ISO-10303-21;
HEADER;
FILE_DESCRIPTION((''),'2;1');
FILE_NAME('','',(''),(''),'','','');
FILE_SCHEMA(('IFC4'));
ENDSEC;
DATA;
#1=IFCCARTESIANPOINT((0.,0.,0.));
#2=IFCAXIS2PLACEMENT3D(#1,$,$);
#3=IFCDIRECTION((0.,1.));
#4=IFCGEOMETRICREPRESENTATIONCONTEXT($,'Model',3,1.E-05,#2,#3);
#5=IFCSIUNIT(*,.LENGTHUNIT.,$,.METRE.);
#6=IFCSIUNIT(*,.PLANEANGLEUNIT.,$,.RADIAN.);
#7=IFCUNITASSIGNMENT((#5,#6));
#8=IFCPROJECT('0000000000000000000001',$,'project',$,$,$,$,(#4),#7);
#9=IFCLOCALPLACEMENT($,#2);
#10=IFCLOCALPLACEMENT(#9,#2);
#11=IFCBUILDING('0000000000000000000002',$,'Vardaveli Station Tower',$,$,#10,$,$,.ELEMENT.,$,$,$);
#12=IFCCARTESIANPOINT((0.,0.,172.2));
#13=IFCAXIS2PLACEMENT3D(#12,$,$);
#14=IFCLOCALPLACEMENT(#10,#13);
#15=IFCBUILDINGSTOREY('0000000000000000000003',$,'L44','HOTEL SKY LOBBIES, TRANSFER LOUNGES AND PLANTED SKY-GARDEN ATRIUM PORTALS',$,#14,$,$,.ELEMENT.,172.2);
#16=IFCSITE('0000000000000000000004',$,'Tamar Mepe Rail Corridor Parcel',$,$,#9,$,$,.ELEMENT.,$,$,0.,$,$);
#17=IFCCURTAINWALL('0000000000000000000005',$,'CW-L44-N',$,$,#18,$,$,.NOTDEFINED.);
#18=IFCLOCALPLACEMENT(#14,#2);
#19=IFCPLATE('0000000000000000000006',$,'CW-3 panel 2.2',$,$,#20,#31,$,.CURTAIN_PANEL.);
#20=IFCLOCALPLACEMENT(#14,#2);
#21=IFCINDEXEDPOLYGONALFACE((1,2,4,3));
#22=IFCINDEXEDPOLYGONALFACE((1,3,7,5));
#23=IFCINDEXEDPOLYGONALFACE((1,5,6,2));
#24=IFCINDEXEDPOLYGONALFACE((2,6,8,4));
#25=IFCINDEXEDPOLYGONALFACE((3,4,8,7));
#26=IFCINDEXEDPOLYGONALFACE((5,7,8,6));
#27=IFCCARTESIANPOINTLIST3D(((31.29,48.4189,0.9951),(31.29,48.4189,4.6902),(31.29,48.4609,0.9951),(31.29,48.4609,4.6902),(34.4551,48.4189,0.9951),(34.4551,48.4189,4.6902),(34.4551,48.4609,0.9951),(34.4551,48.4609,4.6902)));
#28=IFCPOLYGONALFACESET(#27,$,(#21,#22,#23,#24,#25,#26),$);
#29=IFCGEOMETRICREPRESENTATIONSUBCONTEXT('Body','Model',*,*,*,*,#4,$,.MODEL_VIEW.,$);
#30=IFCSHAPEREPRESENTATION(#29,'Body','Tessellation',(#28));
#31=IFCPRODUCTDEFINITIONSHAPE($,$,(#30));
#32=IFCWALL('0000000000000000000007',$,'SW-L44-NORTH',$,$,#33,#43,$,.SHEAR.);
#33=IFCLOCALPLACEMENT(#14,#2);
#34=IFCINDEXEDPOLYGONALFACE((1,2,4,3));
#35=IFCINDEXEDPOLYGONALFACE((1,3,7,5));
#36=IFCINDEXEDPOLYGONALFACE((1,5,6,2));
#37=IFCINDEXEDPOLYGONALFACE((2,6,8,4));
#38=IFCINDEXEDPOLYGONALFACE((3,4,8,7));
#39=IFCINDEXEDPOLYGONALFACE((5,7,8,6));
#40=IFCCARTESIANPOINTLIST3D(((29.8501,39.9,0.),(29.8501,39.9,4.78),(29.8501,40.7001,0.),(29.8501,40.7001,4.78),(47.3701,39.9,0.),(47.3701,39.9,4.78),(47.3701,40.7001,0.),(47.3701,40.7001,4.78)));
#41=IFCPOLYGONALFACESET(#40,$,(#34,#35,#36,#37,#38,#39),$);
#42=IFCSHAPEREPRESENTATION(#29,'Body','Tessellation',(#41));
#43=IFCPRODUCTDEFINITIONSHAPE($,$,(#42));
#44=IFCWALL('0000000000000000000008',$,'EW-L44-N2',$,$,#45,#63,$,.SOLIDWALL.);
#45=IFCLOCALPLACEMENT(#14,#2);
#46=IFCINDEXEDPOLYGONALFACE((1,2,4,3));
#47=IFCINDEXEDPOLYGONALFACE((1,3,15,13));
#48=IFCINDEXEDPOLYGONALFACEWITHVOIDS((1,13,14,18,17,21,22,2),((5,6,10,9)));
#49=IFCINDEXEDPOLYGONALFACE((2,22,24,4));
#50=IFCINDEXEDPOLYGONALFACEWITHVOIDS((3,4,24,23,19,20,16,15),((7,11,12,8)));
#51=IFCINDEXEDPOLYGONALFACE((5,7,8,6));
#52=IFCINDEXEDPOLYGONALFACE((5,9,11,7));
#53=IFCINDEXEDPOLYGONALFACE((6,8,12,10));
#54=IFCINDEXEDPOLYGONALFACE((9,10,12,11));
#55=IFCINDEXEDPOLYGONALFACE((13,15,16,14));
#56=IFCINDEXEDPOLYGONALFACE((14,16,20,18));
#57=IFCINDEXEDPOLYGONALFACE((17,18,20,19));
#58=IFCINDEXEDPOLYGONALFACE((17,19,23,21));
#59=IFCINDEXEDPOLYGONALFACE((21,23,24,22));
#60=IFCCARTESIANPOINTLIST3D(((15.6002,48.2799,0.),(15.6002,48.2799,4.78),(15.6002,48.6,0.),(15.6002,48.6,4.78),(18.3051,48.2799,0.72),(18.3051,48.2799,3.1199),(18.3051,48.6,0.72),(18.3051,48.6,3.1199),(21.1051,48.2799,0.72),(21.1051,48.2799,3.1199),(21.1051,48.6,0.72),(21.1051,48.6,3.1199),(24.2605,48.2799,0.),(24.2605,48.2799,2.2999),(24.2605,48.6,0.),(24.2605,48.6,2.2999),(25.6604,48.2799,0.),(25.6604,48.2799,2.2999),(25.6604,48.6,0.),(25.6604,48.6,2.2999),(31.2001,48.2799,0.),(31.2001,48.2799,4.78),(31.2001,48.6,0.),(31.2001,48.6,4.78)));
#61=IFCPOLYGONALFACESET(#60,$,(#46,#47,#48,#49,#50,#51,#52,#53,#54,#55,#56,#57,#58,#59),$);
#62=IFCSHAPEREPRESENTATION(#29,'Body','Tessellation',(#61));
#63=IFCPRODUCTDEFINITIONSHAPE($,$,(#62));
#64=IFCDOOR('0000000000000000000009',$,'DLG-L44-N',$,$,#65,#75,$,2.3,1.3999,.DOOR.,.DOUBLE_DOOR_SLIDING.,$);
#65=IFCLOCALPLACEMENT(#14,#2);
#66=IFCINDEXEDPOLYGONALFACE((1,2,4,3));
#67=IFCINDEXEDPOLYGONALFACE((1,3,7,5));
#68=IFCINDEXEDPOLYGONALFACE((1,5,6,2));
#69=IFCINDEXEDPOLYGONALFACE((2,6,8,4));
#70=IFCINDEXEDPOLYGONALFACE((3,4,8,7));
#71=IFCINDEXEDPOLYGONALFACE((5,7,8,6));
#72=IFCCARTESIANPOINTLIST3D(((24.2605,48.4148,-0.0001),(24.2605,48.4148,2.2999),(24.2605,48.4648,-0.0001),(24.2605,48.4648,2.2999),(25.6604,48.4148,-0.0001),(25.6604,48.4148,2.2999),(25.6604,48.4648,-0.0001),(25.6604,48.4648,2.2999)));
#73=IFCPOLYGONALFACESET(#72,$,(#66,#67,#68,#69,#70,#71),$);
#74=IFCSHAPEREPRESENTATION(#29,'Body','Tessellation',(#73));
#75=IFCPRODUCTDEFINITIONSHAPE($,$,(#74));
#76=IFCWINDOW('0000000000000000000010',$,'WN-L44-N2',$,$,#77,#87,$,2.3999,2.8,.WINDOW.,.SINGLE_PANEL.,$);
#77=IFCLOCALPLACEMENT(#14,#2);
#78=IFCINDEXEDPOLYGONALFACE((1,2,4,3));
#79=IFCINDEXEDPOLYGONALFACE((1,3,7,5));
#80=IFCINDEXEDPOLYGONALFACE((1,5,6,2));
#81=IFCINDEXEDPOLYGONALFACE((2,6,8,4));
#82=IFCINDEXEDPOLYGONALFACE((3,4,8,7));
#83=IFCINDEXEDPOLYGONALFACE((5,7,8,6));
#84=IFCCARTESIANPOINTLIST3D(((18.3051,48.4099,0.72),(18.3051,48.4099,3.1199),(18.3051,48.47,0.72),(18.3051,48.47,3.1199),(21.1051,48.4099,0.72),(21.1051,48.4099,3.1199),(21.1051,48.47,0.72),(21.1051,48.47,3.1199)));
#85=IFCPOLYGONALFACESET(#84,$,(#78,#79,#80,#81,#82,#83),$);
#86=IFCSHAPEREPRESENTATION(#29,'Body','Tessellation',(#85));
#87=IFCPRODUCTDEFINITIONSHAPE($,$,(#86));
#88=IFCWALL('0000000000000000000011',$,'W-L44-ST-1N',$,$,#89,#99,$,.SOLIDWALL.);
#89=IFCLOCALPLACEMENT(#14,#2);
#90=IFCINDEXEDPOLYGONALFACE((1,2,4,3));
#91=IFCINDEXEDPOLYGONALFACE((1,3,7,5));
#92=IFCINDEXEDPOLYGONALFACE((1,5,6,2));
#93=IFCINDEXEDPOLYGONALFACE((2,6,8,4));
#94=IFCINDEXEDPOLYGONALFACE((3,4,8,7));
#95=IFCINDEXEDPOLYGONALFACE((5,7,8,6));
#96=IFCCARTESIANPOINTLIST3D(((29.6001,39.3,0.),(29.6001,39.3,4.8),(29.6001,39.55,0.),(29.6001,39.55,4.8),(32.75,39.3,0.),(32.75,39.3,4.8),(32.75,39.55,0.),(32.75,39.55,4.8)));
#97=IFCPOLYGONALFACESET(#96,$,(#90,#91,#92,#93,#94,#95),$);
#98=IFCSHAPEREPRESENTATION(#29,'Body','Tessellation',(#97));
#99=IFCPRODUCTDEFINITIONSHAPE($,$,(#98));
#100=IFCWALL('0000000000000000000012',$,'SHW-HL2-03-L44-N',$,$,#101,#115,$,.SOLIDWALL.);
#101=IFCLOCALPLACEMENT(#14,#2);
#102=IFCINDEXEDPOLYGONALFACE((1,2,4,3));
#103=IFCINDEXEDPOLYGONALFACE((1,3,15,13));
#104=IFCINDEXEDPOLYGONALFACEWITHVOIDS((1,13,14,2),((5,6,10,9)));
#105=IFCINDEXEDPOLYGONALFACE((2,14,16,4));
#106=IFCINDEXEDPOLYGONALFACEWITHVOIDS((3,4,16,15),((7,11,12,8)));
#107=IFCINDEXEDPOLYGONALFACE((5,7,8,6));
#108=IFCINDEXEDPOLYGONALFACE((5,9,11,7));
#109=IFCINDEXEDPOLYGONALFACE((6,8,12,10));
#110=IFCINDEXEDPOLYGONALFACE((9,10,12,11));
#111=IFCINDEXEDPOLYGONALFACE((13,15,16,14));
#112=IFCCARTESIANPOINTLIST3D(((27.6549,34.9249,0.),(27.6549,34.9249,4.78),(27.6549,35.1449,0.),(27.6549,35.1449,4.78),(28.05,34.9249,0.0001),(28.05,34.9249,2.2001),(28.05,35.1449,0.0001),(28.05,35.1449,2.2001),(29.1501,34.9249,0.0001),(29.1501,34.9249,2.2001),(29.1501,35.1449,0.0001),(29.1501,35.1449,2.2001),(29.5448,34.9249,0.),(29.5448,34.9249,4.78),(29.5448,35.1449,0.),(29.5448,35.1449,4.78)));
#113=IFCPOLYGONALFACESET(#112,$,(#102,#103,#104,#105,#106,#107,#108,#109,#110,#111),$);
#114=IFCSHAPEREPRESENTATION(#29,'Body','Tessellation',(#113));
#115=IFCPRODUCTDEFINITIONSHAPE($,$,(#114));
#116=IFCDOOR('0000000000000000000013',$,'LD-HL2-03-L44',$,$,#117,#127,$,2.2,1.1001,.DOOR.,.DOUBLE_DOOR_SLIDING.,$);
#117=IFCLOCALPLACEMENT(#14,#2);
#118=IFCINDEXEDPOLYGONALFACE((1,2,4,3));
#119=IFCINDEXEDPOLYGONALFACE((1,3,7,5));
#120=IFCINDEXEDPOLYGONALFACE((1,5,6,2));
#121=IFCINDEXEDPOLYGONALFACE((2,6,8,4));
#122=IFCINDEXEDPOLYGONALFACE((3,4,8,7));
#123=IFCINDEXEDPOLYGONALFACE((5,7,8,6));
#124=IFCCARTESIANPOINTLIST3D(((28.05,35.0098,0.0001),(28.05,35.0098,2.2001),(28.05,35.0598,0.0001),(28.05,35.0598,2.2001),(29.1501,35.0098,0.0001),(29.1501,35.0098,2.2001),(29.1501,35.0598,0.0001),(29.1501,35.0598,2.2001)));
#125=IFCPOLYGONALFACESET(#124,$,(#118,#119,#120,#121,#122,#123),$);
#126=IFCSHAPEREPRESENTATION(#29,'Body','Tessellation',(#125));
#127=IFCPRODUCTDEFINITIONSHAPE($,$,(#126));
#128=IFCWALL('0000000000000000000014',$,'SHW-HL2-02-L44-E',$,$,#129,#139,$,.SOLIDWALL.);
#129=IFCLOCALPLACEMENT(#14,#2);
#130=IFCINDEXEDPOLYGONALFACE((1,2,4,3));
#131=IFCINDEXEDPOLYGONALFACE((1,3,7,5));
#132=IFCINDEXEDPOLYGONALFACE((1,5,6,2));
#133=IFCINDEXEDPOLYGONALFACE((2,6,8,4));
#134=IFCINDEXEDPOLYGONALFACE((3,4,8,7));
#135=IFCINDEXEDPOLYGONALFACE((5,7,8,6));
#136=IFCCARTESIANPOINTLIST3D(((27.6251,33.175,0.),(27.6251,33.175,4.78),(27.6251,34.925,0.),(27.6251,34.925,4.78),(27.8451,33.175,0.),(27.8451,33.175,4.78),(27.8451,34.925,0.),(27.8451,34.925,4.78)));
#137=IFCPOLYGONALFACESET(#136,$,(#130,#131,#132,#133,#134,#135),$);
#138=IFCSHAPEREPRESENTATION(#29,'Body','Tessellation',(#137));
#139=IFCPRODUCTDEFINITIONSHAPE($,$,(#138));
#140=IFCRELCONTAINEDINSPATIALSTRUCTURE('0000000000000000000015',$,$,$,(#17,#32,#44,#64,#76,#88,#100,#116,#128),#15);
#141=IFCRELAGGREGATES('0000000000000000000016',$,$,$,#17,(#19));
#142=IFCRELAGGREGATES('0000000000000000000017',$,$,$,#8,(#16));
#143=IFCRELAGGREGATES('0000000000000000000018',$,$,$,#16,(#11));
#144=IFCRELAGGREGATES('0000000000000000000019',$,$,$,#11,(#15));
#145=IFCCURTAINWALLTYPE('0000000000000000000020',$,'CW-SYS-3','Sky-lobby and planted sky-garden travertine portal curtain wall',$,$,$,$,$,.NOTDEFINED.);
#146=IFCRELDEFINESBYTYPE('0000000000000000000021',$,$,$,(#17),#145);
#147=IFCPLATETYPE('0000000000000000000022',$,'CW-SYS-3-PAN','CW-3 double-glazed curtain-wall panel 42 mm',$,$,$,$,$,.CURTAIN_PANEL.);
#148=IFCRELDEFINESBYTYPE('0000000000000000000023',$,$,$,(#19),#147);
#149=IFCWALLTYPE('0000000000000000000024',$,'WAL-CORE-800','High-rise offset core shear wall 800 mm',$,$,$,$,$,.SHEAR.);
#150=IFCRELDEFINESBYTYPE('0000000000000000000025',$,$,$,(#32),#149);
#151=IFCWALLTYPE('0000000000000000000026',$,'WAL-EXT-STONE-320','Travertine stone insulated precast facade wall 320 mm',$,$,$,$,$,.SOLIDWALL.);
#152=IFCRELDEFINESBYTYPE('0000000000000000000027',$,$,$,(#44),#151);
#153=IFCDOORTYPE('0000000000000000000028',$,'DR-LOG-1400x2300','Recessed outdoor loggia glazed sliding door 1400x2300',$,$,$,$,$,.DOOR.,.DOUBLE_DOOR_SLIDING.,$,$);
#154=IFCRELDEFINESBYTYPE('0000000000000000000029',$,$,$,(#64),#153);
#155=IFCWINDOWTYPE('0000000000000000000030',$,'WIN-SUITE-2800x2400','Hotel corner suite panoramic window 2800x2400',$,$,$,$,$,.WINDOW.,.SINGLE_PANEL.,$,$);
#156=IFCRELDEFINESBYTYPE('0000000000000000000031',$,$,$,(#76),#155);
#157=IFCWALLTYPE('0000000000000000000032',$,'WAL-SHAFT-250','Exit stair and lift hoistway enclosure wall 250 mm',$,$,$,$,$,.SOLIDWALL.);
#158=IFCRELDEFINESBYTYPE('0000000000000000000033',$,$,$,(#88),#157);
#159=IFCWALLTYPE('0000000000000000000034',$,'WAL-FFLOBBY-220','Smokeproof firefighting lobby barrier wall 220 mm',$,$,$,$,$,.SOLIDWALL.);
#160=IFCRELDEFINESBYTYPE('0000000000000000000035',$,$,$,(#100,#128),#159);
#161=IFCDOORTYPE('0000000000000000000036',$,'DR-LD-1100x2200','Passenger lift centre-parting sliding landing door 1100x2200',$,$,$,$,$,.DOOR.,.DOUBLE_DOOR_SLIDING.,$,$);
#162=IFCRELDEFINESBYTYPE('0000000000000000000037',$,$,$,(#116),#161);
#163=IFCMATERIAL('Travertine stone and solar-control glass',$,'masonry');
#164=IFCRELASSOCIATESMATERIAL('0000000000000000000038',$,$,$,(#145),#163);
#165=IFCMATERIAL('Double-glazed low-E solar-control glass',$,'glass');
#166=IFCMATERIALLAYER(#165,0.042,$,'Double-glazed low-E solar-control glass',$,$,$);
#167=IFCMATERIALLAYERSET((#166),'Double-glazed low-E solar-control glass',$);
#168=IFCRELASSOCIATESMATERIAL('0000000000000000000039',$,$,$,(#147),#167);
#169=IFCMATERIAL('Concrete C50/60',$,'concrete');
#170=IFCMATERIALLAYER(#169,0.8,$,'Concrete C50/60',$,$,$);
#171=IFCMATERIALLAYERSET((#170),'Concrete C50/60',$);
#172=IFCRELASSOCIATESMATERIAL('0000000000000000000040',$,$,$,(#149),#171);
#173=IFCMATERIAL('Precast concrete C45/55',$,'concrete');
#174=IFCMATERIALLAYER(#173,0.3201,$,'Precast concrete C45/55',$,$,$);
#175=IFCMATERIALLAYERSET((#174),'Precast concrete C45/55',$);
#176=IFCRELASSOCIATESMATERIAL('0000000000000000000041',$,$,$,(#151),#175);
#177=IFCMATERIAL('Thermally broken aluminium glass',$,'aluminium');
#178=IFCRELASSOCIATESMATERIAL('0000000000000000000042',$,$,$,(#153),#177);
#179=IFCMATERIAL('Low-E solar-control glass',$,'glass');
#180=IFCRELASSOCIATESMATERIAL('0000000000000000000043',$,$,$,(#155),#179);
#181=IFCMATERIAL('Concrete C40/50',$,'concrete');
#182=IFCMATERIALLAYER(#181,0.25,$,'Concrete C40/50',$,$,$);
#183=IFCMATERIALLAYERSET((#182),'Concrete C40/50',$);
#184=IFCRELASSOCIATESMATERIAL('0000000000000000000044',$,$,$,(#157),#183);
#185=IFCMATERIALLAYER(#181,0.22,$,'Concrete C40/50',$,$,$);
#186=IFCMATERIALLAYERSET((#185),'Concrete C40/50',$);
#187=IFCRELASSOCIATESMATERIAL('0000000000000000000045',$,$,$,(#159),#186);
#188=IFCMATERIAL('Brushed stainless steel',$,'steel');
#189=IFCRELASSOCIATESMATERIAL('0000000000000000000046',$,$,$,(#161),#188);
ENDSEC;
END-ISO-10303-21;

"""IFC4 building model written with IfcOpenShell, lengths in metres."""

from ifc_helpers import new_model, si_unit, direction, frame, frame_2d, origin, origin_2d, place, context, subcontext, project, spatial, rectangle, extrude, source, transform, mapped, material, layer, layer_set, type_object, element, fill, aggregate, save


model = new_model("IFC4")

# Units and contexts
model_context = context("Model", 3, precision=1e-05, world=origin(), true_north=direction((0.0, 1.0)))
body_context = subcontext(model_context, "Body", "Model", "MODEL_VIEW")
ifc_project = project(units=[si_unit("LENGTHUNIT", "METRE"), si_unit("PLANEANGLEUNIT", "RADIAN")], contexts=[model_context])

# Site, building, storey
site_placement = place(None, origin())
site = spatial("IfcSite", under=ifc_project, at=site_placement, Name="Tamar Mepe Rail Corridor Parcel", CompositionType="ELEMENT", RefElevation=0.0)
building_placement = place(site_placement, origin())
building = spatial("IfcBuilding", under=site, at=building_placement, Name="Vardaveli Station Tower", CompositionType="ELEMENT")
storey_placement = place(building_placement, frame((0.0, 0.0, 172.2)))
storey = spatial("IfcBuildingStorey", under=building, at=storey_placement, Name="L44", Description="HOTEL SKY LOBBIES, TRANSFER LOUNGES AND PLANTED SKY-GARDEN ATRIUM PORTALS", CompositionType="ELEMENT", Elevation=172.2)

# Curtain wall, plate
ifc_material_1 = material(Name="Travertine stone and solar-control glass", Category="masonry")
curtain_wall_type = type_object("IfcCurtainWallType", Name="CW-SYS-3", Description="Sky-lobby and planted sky-garden travertine portal curtain wall", PredefinedType="NOTDEFINED", material=ifc_material_1)
curtain_wall_placement = place(storey_placement, origin())
curtain_wall = element("IfcCurtainWall", 1, at=curtain_wall_placement, inside=storey, type_object=curtain_wall_type, Name="CW-L44-N", PredefinedType="NOTDEFINED")
ifc_material_2 = material(Name="Double-glazed low-E solar-control glass", Category="glass")
ifc_layer_1 = layer(ifc_material_2, 0.042, Name="Double-glazed low-E solar-control glass")
ifc_layer_set_1 = layer_set([ifc_layer_1], Name="Double-glazed low-E solar-control glass")
plate_type = type_object("IfcPlateType", Name="CW-SYS-3-PAN", Description="CW-3 double-glazed curtain-wall panel 42 mm", PredefinedType="CURTAIN_PANEL", material=ifc_layer_set_1)
shared_shape_1 = source(origin(), body_context, "Body", "SweptSolid", [
    extrude(rectangle(XDim=3.165, YDim=0.042, at=origin_2d()), origin(), (0.0, 0.0, 1.0), 3.6951),
])
plate_1_placement = place(storey_placement, frame((32.8726, 48.4399, 0.9951), z_axis=(0.0, 0.0, 1.0), x_axis=(-1.0, 0.0, 0.0)))
plate_1 = element("IfcPlate", 2, at=plate_1_placement, type_object=plate_type, Name="CW-3 panel 2.2", PredefinedType="CURTAIN_PANEL", context=body_context, shape_type="MappedRepresentation", body=[
    mapped(shared_shape_1, transform((0.0, 0.0, 0.0), scale=1.0)),
])
aggregate(curtain_wall, [plate_1])

# Wall
ifc_material_3 = material(Name="Concrete C50/60", Category="concrete")
ifc_layer_2 = layer(ifc_material_3, 0.8, Name="Concrete C50/60")
ifc_layer_set_2 = layer_set([ifc_layer_2], Name="Concrete C50/60")
wall_type_1 = type_object("IfcWallType", Name="WAL-CORE-800", Description="High-rise offset core shear wall 800 mm", PredefinedType="SHEAR", material=ifc_layer_set_2)
shared_shape_2 = source(origin(), body_context, "Body", "SweptSolid", [
    extrude(rectangle(XDim=17.52, YDim=0.8, at=frame_2d((8.76, 0.0))), origin(), (0.0, 0.0, 1.0), 4.78),
])
wall_1_placement = place(storey_placement, frame((29.8501, 40.3, 0.0), z_axis=(0.0, 0.0, 1.0), x_axis=(1.0, 0.0, 0.0)))
element("IfcWall", 3, at=wall_1_placement, inside=storey, type_object=wall_type_1, Name="SW-L44-NORTH", PredefinedType="SHEAR", context=body_context, shape_type="MappedRepresentation", body=[
    mapped(shared_shape_2, transform((0.0, 0.0, 0.0), scale=1.0)),
])

# Wall, openings, door, window
ifc_material_4 = material(Name="Precast concrete C45/55", Category="concrete")
ifc_layer_3 = layer(ifc_material_4, 0.3201, Name="Precast concrete C45/55")
ifc_layer_set_3 = layer_set([ifc_layer_3], Name="Precast concrete C45/55")
wall_type_2 = type_object("IfcWallType", Name="WAL-EXT-STONE-320", Description="Travertine stone insulated precast facade wall 320 mm", PredefinedType="SOLIDWALL", material=ifc_layer_set_3)
shared_shape_3 = source(origin(), body_context, "Body", "SweptSolid", [
    extrude(rectangle(XDim=15.5999, YDim=0.3201, at=frame_2d((7.7998, 0.0))), origin(), (0.0, 0.0, 1.0), 4.78),
])
wall_2_placement = place(storey_placement, frame((31.2, 48.4399, 0.0), z_axis=(0.0, 0.0, 1.0), x_axis=(-1.0, 0.0, 0.0)))
wall_2 = element("IfcWall", 4, at=wall_2_placement, inside=storey, type_object=wall_type_2, Name="EW-L44-N2", PredefinedType="SOLIDWALL", context=body_context, shape_type="MappedRepresentation", body=[
    mapped(shared_shape_3, transform((0.0, 0.0, 0.0), scale=1.0)),
])
shared_shape_4 = source(origin(), body_context, "Body", "SweptSolid", [
    extrude(rectangle(XDim=1.3999, YDim=2.3, at=frame_2d((0.7, 1.1499))), frame((0.0, 0.1699, 0.0), z_axis=(0.0, -1.0, 0.0), x_axis=(1.0, 0.0, 0.0)), (0.0, 0.0, 1.0), 0.3401),
])
opening_1_placement = place(wall_2_placement, frame((5.5396, 0.0, 0.0)))
opening_1 = element("IfcOpeningElement", 5, at=opening_1_placement, cuts=wall_2, PredefinedType="OPENING", context=body_context, shape_type="MappedRepresentation", body=[
    mapped(shared_shape_4, transform((0.0, 0.0, 0.0), scale=1.0)),
])
shared_shape_5 = source(origin(), body_context, "Body", "SweptSolid", [
    extrude(rectangle(XDim=2.8, YDim=2.3999, at=frame_2d((1.3999, 1.2))), frame((0.0, 0.1699, 0.0), z_axis=(0.0, -1.0, 0.0), x_axis=(1.0, 0.0, 0.0)), (0.0, 0.0, 1.0), 0.3401),
])
opening_2_placement = place(wall_2_placement, frame((10.095, 0.0, 0.72)))
opening_2 = element("IfcOpeningElement", 6, at=opening_2_placement, cuts=wall_2, PredefinedType="OPENING", context=body_context, shape_type="MappedRepresentation", body=[
    mapped(shared_shape_5, transform((0.0, 0.0, 0.0), scale=1.0)),
])
ifc_material_5 = material(Name="Thermally broken aluminium glass", Category="aluminium")
door_type_1 = type_object("IfcDoorType", Name="DR-LOG-1400x2300", Description="Recessed outdoor loggia glazed sliding door 1400x2300", OperationType="DOUBLE_DOOR_SLIDING", PredefinedType="DOOR", material=ifc_material_5)
shared_shape_6 = source(origin(), body_context, "Body", "SweptSolid", [
    extrude(rectangle(XDim=1.3999, YDim=2.3, at=frame_2d((0.7, 1.1499))), frame((0.0, 0.0249, 0.0), z_axis=(0.0, -1.0, 0.0), x_axis=(1.0, 0.0, 0.0)), (0.0, 0.0, 1.0), 0.05),
])
door_1_placement = place(opening_1_placement, frame((1.3999, 0.0, 0.0), z_axis=(0.0, 0.0, 1.0), x_axis=(-1.0, 0.0, 0.0)))
door_1 = element("IfcDoor", 7, at=door_1_placement, inside=storey, type_object=door_type_1, Name="DLG-L44-N", OperationType="DOUBLE_DOOR_SLIDING", OverallHeight=2.3, OverallWidth=1.3999, PredefinedType="DOOR", context=body_context, shape_type="MappedRepresentation", body=[
    mapped(shared_shape_6, transform((0.0, 0.0, 0.0), scale=1.0)),
])
fill(opening_1, door_1)
ifc_material_6 = material(Name="Low-E solar-control glass", Category="glass")
window_type = type_object("IfcWindowType", Name="WIN-SUITE-2800x2400", Description="Hotel corner suite panoramic window 2800x2400", PartitioningType="SINGLE_PANEL", PredefinedType="WINDOW", material=ifc_material_6)
shared_shape_7 = source(origin(), body_context, "Body", "SweptSolid", [
    extrude(rectangle(XDim=2.8, YDim=2.3999, at=frame_2d((1.3999, 1.2))), frame((0.0, 0.03, 0.0), z_axis=(0.0, -1.0, 0.0), x_axis=(1.0, 0.0, 0.0)), (0.0, 0.0, 1.0), 0.0601),
])
window_placement = place(opening_2_placement, origin())
window = element("IfcWindow", 8, at=window_placement, inside=storey, type_object=window_type, Name="WN-L44-N2", OverallHeight=2.3999, OverallWidth=2.8, PartitioningType="SINGLE_PANEL", PredefinedType="WINDOW", context=body_context, shape_type="MappedRepresentation", body=[
    mapped(shared_shape_7, transform((0.0, 0.0, 0.0), scale=1.0)),
])
fill(opening_2, window)

# Wall
ifc_material_7 = material(Name="Concrete C40/50", Category="concrete")
ifc_layer_4 = layer(ifc_material_7, 0.25, Name="Concrete C40/50")
ifc_layer_set_4 = layer_set([ifc_layer_4], Name="Concrete C40/50")
wall_type_3 = type_object("IfcWallType", Name="WAL-SHAFT-250", Description="Exit stair and lift hoistway enclosure wall 250 mm", PredefinedType="SOLIDWALL", material=ifc_layer_set_4)
shared_shape_8 = source(origin(), body_context, "Body", "SweptSolid", [
    extrude(rectangle(XDim=3.1499, YDim=0.25, at=frame_2d((1.575, 0.0))), origin(), (0.0, 0.0, 1.0), 4.8),
])
wall_3_placement = place(storey_placement, frame((29.6001, 39.425, 0.0), z_axis=(0.0, 0.0, 1.0), x_axis=(1.0, 0.0, 0.0)))
element("IfcWall", 9, at=wall_3_placement, inside=storey, type_object=wall_type_3, Name="W-L44-ST-1N", PredefinedType="SOLIDWALL", context=body_context, shape_type="MappedRepresentation", body=[
    mapped(shared_shape_8, transform((0.0, 0.0, 0.0), scale=1.0)),
])

# Wall, opening, door
ifc_layer_5 = layer(ifc_material_7, 0.22, Name="Concrete C40/50")
ifc_layer_set_5 = layer_set([ifc_layer_5], Name="Concrete C40/50")
wall_type_4 = type_object("IfcWallType", Name="WAL-FFLOBBY-220", Description="Smokeproof firefighting lobby barrier wall 220 mm", PredefinedType="SOLIDWALL", material=ifc_layer_set_5)
shared_shape_9 = source(origin(), body_context, "Body", "SweptSolid", [
    extrude(rectangle(XDim=1.8899, YDim=0.22, at=frame_2d((0.9448, 0.0))), origin(), (0.0, 0.0, 1.0), 4.78),
])
wall_4_placement = place(storey_placement, frame((27.655, 35.0349, 0.0), z_axis=(0.0, 0.0, 1.0), x_axis=(1.0, 0.0, 0.0)))
wall_4 = element("IfcWall", 10, at=wall_4_placement, inside=storey, type_object=wall_type_4, Name="SHW-HL2-03-L44-N", PredefinedType="SOLIDWALL", context=body_context, shape_type="MappedRepresentation", body=[
    mapped(shared_shape_9, transform((0.0, 0.0, 0.0), scale=1.0)),
])
shared_shape_10 = source(origin(), body_context, "Body", "SweptSolid", [
    extrude(rectangle(XDim=1.1001, YDim=2.2, at=frame_2d((0.55, 1.1001))), frame((0.0, 0.1201, 0.0), z_axis=(0.0, -1.0, 0.0), x_axis=(1.0, 0.0, 0.0)), (0.0, 0.0, 1.0), 0.24),
])
opening_3_placement = place(wall_4_placement, frame((0.395, 0.0, 0.0)))
opening_3 = element("IfcOpeningElement", 11, at=opening_3_placement, cuts=wall_4, PredefinedType="OPENING", context=body_context, shape_type="MappedRepresentation", body=[
    mapped(shared_shape_10, transform((0.0, 0.0, 0.0), scale=1.0)),
])
ifc_material_8 = material(Name="Brushed stainless steel", Category="steel")
door_type_2 = type_object("IfcDoorType", Name="DR-LD-1100x2200", Description="Passenger lift centre-parting sliding landing door 1100x2200", OperationType="DOUBLE_DOOR_SLIDING", PredefinedType="DOOR", material=ifc_material_8)
shared_shape_11 = source(origin(), body_context, "Body", "SweptSolid", [
    extrude(rectangle(XDim=1.1001, YDim=2.2, at=frame_2d((0.55, 1.1001))), frame((0.0, 0.0249, 0.0), z_axis=(0.0, -1.0, 0.0), x_axis=(1.0, 0.0, 0.0)), (0.0, 0.0, 1.0), 0.05),
])
door_2_placement = place(opening_3_placement, origin())
door_2 = element("IfcDoor", 12, at=door_2_placement, inside=storey, type_object=door_type_2, Name="LD-HL2-03-L44", OperationType="DOUBLE_DOOR_SLIDING", OverallHeight=2.2, OverallWidth=1.1001, PredefinedType="DOOR", context=body_context, shape_type="MappedRepresentation", body=[
    mapped(shared_shape_11, transform((0.0, 0.0, 0.0), scale=1.0)),
])
fill(opening_3, door_2)

# Wall
shared_shape_12 = source(origin(), body_context, "Body", "SweptSolid", [
    extrude(rectangle(XDim=1.75, YDim=0.22, at=frame_2d((0.875, 0.0))), origin(), (0.0, 0.0, 1.0), 4.78),
])
wall_5_placement = place(storey_placement, frame((27.7351, 33.175, 0.0), z_axis=(0.0, 0.0, 1.0), x_axis=(0.0, 1.0, 0.0)))
element("IfcWall", 13, at=wall_5_placement, inside=storey, type_object=wall_type_4, Name="SHW-HL2-02-L44-E", PredefinedType="SOLIDWALL", context=body_context, shape_type="MappedRepresentation", body=[
    mapped(shared_shape_12, transform((0.0, 0.0, 0.0), scale=1.0)),
])

save(model, "model.ifc")
